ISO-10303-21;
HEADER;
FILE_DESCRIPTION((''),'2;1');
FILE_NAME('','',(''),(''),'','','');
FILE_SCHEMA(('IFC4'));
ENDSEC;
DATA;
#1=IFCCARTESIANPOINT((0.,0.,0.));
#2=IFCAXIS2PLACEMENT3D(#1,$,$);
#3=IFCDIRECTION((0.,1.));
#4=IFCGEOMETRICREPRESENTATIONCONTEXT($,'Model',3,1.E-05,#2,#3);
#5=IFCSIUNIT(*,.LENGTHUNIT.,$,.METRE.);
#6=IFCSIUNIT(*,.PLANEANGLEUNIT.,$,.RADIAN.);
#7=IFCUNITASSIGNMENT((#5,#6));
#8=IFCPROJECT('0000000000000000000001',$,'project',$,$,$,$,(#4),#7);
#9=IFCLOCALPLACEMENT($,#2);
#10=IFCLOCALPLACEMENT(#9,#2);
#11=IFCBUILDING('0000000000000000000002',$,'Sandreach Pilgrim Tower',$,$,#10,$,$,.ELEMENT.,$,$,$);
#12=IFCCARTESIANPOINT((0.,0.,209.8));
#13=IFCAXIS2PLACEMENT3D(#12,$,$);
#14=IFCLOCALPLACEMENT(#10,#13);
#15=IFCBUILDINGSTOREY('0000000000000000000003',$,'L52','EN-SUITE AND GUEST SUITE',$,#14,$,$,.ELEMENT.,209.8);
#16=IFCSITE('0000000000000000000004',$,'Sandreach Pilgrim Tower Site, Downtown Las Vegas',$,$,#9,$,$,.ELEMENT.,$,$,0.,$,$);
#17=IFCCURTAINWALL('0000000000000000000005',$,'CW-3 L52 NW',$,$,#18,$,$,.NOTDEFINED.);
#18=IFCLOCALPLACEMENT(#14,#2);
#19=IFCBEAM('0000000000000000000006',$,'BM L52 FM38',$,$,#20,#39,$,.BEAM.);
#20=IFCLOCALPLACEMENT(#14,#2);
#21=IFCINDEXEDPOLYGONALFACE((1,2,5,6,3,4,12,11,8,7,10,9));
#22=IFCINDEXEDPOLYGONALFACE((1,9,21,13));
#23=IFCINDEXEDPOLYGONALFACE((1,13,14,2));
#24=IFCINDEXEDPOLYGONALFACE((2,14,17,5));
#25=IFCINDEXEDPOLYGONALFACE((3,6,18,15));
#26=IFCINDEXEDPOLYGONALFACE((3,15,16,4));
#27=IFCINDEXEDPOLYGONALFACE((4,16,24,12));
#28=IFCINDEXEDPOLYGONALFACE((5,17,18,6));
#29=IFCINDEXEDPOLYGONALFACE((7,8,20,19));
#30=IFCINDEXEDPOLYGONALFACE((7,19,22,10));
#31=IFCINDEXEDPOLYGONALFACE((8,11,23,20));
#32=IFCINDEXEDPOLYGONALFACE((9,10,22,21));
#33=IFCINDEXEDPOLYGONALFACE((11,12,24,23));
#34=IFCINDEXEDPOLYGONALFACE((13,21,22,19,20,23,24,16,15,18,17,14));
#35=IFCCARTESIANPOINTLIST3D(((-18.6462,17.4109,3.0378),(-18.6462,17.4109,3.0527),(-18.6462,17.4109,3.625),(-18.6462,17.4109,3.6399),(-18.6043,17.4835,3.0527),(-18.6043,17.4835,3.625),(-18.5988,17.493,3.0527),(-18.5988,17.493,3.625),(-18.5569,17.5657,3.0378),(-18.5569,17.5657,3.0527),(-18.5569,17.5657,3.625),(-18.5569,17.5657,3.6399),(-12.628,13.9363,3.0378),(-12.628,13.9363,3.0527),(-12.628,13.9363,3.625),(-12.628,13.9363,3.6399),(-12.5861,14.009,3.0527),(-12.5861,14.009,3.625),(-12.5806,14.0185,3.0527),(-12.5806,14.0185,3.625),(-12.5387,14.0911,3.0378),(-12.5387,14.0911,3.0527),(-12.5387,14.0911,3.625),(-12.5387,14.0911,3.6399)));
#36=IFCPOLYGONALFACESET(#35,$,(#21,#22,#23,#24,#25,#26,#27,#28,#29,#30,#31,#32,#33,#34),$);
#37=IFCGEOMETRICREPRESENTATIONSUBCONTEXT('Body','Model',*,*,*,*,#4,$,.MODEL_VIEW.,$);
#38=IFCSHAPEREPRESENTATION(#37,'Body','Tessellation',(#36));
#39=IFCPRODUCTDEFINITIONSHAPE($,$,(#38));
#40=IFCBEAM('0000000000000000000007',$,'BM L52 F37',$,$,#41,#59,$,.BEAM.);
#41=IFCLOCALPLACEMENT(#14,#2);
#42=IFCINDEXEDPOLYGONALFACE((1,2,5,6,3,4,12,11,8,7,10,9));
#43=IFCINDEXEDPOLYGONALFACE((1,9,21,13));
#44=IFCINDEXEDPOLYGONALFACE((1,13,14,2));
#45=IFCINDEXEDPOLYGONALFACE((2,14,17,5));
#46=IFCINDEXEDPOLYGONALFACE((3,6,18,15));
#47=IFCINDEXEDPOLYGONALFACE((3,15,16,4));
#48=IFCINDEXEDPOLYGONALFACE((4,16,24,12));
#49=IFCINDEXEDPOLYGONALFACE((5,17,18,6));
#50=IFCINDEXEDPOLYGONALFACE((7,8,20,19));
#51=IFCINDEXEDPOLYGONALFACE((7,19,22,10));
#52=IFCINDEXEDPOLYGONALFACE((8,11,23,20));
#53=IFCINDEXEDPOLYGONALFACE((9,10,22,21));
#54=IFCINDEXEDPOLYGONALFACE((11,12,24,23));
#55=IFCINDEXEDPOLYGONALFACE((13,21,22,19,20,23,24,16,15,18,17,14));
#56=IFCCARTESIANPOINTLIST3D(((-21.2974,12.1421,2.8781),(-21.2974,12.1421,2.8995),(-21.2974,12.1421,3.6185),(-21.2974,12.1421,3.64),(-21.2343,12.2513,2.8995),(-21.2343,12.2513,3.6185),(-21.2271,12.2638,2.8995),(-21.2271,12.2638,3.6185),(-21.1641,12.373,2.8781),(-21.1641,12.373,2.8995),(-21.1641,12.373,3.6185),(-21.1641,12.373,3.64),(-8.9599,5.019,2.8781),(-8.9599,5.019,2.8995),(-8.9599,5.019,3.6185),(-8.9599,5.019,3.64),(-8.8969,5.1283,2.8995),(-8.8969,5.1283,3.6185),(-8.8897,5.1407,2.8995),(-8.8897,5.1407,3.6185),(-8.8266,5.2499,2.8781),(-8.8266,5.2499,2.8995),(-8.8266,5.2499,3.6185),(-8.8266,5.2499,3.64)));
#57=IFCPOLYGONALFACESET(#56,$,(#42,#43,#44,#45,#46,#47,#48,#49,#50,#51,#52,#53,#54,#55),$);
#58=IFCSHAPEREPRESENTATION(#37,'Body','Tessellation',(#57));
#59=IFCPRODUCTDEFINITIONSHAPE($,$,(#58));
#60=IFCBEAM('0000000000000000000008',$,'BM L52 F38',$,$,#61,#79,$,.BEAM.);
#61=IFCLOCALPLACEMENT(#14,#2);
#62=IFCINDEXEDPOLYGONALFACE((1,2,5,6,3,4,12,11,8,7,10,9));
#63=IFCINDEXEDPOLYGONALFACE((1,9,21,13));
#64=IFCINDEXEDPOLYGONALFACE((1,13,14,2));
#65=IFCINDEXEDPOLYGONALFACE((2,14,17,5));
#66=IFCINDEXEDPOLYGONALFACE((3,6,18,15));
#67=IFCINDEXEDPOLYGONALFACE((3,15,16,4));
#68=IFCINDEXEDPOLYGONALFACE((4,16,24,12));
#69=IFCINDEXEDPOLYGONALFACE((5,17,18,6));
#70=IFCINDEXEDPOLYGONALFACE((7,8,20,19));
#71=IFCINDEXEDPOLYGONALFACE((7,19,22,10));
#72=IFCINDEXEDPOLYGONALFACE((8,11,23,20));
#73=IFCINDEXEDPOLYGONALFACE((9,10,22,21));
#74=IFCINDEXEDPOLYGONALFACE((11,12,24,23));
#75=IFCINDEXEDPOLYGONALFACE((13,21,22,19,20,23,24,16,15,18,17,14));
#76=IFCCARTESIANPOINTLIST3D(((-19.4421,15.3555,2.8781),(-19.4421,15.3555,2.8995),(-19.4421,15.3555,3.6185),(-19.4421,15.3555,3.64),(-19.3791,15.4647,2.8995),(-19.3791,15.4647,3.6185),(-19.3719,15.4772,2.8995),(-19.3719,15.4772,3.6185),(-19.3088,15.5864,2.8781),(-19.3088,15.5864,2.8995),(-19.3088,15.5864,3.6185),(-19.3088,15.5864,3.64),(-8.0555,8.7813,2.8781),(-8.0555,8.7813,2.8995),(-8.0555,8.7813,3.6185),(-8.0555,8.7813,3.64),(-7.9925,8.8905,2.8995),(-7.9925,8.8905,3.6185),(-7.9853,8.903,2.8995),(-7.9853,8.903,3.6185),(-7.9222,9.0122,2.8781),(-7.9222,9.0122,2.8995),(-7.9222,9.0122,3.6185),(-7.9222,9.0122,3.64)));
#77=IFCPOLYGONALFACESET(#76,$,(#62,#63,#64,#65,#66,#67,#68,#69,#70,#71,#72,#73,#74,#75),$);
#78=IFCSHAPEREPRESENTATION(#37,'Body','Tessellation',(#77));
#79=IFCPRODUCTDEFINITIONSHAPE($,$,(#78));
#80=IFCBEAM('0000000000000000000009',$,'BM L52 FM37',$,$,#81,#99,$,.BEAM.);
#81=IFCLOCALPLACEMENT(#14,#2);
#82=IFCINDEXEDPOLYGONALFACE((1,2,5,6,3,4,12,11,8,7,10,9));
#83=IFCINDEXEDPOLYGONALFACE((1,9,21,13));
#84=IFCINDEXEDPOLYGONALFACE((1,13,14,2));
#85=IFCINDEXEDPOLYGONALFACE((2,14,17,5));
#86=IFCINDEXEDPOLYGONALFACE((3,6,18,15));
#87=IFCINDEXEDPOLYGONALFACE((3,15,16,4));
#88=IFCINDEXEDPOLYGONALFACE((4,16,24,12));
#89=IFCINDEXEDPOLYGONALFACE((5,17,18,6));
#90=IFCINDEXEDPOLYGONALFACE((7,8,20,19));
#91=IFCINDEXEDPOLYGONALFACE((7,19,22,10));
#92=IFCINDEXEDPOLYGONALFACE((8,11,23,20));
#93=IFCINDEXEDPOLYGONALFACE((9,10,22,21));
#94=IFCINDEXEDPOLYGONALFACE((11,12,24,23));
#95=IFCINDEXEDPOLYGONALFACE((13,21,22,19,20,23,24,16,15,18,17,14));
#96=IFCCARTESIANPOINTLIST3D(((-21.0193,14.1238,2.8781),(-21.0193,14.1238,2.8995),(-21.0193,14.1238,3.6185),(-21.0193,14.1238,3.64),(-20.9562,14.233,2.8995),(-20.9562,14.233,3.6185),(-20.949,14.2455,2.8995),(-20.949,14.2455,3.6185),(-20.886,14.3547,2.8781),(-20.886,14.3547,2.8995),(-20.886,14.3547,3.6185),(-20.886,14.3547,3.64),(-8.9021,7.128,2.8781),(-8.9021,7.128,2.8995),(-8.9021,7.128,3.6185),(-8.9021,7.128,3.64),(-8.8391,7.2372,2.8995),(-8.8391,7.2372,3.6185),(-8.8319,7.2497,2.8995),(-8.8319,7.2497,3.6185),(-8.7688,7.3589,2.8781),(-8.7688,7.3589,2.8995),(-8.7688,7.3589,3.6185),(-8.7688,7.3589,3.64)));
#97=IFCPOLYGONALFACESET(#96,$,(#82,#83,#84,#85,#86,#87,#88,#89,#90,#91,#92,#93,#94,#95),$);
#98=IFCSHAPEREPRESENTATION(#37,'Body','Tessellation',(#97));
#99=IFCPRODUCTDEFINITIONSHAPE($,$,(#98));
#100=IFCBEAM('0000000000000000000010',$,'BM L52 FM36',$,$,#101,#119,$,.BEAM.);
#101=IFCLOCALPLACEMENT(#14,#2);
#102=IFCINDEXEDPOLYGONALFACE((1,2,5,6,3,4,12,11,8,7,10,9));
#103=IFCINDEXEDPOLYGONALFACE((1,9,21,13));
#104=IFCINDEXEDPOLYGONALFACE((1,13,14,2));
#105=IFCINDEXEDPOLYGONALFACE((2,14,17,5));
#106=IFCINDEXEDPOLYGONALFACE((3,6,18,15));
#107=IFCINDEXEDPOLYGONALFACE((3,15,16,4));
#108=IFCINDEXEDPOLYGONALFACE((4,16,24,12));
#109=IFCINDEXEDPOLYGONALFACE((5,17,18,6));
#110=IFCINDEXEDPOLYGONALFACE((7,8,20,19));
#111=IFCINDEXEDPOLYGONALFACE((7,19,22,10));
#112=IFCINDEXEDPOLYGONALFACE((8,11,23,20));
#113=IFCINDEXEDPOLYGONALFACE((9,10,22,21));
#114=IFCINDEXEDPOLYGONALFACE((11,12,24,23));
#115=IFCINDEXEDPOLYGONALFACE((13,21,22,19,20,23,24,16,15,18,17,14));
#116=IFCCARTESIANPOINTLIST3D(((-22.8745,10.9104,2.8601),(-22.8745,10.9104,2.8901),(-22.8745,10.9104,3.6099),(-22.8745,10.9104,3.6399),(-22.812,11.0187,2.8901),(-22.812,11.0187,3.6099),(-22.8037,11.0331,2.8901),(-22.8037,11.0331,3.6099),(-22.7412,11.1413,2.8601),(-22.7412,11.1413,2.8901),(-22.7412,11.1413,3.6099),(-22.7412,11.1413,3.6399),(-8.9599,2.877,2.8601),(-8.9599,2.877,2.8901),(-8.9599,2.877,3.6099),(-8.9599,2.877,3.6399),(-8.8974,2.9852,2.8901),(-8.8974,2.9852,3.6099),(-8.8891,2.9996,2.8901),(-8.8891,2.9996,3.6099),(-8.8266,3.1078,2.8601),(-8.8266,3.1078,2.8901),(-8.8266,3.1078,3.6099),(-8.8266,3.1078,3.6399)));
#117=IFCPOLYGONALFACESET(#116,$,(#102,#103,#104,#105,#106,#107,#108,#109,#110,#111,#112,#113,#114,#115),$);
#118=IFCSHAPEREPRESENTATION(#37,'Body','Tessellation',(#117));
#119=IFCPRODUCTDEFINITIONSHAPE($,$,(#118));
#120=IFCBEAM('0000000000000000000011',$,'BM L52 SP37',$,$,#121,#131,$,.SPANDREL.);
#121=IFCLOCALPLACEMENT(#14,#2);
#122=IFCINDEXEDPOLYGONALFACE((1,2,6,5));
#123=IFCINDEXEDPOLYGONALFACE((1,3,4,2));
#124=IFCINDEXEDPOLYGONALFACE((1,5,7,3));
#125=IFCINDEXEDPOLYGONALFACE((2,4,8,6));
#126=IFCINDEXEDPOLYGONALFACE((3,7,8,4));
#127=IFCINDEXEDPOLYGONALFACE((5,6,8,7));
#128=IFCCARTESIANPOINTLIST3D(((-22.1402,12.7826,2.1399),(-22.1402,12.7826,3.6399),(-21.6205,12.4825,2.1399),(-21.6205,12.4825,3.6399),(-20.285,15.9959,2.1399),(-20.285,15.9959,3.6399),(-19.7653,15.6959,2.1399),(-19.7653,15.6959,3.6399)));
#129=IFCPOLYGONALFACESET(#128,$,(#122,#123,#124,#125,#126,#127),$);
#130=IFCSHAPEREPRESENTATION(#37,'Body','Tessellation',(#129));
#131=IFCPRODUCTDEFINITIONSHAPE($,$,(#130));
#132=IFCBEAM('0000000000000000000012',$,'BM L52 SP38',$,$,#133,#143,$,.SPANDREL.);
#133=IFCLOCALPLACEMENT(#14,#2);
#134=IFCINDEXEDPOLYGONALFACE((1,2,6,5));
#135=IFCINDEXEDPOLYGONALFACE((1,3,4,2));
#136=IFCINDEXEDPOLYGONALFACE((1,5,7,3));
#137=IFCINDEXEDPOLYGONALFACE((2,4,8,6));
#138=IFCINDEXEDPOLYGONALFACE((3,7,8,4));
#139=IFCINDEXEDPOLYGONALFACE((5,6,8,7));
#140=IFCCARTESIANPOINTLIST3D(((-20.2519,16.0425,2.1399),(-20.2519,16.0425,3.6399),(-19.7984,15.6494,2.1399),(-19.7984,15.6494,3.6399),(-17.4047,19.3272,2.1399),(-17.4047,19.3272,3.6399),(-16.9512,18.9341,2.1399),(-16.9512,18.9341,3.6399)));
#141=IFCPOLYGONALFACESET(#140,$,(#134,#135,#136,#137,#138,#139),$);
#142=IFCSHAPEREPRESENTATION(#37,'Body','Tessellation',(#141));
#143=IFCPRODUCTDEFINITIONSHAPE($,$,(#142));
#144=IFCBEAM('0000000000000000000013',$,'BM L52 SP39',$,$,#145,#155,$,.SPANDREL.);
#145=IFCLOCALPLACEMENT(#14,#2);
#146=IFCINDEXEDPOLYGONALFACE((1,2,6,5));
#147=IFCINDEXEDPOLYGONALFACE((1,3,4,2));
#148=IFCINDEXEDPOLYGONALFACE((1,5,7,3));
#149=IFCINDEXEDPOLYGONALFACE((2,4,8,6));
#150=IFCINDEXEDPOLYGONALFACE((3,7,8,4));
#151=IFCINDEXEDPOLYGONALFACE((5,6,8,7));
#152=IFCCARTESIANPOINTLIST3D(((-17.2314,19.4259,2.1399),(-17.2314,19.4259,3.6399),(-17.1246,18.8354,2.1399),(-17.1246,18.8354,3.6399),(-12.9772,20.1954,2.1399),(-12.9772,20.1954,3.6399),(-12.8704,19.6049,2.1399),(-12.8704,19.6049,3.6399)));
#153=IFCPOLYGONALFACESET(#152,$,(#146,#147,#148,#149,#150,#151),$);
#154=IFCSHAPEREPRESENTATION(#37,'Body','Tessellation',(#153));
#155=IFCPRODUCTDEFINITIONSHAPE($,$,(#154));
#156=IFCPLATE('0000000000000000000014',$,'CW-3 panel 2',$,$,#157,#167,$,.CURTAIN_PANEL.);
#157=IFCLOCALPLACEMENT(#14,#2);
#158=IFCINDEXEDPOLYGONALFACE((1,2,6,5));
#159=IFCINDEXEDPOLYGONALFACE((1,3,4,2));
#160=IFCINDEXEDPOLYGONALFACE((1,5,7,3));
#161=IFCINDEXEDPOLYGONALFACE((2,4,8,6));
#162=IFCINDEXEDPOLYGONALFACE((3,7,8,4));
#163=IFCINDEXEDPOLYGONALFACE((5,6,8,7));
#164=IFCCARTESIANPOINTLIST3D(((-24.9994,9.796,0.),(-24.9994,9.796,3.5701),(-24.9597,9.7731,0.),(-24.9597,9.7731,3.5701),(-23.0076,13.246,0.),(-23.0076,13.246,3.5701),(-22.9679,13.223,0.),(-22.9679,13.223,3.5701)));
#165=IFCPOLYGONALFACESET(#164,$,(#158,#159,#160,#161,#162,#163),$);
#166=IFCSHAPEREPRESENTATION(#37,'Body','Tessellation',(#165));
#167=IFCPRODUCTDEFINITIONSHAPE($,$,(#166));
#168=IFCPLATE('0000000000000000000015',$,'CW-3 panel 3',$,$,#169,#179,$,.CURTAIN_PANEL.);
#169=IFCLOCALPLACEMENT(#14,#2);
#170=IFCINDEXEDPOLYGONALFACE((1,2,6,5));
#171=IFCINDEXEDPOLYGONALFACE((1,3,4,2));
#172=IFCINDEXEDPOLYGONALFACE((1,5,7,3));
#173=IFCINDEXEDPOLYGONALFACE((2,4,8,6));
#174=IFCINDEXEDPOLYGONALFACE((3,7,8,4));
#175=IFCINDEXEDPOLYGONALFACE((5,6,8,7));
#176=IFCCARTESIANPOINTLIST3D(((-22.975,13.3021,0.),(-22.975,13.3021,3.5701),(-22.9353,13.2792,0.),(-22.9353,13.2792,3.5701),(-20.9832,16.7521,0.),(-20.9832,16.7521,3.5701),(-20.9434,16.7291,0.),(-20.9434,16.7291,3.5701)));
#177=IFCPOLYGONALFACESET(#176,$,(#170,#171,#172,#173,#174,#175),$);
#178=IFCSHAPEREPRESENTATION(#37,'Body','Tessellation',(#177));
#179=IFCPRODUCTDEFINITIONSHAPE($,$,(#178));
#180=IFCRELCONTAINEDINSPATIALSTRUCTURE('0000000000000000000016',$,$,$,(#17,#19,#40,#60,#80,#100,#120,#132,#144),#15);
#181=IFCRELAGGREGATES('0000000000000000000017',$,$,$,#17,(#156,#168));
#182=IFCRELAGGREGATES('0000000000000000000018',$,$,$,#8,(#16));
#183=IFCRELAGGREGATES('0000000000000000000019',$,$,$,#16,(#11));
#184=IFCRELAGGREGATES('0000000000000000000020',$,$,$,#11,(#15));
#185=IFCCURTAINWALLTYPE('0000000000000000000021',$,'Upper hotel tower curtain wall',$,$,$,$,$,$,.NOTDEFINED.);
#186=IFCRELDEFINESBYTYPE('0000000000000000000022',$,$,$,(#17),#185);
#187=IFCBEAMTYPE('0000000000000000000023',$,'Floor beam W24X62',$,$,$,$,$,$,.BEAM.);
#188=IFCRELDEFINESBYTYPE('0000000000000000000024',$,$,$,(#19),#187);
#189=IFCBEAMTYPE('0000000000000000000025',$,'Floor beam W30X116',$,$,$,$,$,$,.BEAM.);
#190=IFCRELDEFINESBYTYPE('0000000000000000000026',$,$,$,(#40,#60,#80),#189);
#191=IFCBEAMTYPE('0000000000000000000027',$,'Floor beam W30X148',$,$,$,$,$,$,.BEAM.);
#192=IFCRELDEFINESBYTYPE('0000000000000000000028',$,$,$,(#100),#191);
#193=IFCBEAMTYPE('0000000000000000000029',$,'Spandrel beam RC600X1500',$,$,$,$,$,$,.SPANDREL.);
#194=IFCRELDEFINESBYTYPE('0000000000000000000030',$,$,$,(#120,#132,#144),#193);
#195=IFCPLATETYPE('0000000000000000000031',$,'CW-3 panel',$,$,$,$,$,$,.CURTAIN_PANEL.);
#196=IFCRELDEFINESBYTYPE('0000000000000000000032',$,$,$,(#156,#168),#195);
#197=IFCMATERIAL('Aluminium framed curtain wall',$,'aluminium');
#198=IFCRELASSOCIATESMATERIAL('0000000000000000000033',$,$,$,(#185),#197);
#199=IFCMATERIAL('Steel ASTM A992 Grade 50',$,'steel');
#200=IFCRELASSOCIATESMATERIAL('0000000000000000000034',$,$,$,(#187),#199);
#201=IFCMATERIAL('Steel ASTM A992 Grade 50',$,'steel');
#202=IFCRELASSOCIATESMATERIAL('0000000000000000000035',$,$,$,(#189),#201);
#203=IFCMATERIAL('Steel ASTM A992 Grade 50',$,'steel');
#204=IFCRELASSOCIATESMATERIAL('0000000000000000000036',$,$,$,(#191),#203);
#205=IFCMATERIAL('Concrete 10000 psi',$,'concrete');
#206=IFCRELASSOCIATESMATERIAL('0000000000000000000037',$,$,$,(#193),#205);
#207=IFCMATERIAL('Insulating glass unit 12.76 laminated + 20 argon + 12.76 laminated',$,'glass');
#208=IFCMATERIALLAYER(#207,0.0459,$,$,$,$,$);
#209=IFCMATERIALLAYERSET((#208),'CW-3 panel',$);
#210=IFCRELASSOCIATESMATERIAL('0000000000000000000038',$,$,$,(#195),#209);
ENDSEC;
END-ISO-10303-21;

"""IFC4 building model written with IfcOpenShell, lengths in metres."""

from ifc_helpers import new_model, si_unit, direction, frame, origin, origin_2d, place, context, subcontext, project, spatial, rectangle, i_section, extrude, material, layer, layer_set, material_profile, profile_set, type_object, element, aggregate, save


model = new_model("IFC4")

# Units and contexts
model_context = context("Model", 3, precision=1e-05, world=origin(), true_north=direction((0.0, 1.0)))
body_context = subcontext(model_context, "Body", "Model", "MODEL_VIEW")
ifc_project = project(units=[si_unit("LENGTHUNIT", "METRE"), si_unit("PLANEANGLEUNIT", "RADIAN")], contexts=[model_context])

# Site, building, storey
site_placement = place(None, origin())
site = spatial("IfcSite", under=ifc_project, at=site_placement, Name="Sandreach Pilgrim Tower Site, Downtown Las Vegas", CompositionType="ELEMENT", RefElevation=0.0)
building_placement = place(site_placement, origin())
building = spatial("IfcBuilding", under=site, at=building_placement, Name="Sandreach Pilgrim Tower", CompositionType="ELEMENT")
storey_placement = place(building_placement, frame((0.0, 0.0, 209.8)))
storey = spatial("IfcBuildingStorey", under=building, at=storey_placement, Name="L52", Description="EN-SUITE AND GUEST SUITE", CompositionType="ELEMENT", Elevation=209.8)

# Shared definitions
ifc_material_1 = material(Name="Aluminium framed curtain wall", Category="aluminium")
curtain_wall_type = type_object("IfcCurtainWallType", Name="Upper hotel tower curtain wall", PredefinedType="NOTDEFINED", material=ifc_material_1)

# Curtain wall
curtain_wall_1_placement = place(storey_placement, origin())
curtain_wall_1 = element("IfcCurtainWall", 1, at=curtain_wall_1_placement, inside=storey, type_object=curtain_wall_type, Name="CW-3 L52 NW", PredefinedType="NOTDEFINED")

# Beams
ifc_material_2 = material(Name="Steel ASTM A992 Grade 50", Category="steel")
ifc_material_profile_1 = material_profile(ifc_material_2, i_section(OverallWidth=0.1787, OverallDepth=0.6021, WebThickness=0.011, FlangeThickness=0.0149, at=origin_2d()), Name="W24X62")
ifc_profile_set_1 = profile_set([ifc_material_profile_1], Name="Steel ASTM A992 Grade 50")
beam_type_1 = type_object("IfcBeamType", Name="Floor beam W24X62", PredefinedType="BEAM", material=ifc_profile_set_1)
beam_1_placement = place(storey_placement, frame((-18.6016, 17.4883, 3.3389), z_axis=(0.866029, -0.499993, 0.0), x_axis=(0.499993, 0.866029, 0.0)))
element("IfcBeam", 2, at=beam_1_placement, inside=storey, type_object=beam_type_1, Name="BM L52 FM38", PredefinedType="BEAM", context=body_context, shape_type="SweptSolid", body=[
    extrude(i_section(OverallWidth=0.1787, OverallDepth=0.6021, WebThickness=0.011, FlangeThickness=0.0149, at=origin_2d()), origin(), (0.0, 0.0, 1.0), 6.9492),
])
ifc_material_3 = material(Name="Steel ASTM A992 Grade 50", Category="steel")
ifc_material_profile_2 = material_profile(ifc_material_3, i_section(OverallWidth=0.2666, OverallDepth=0.762, WebThickness=0.0144, FlangeThickness=0.0215, at=origin_2d()), Name="W30X116")
ifc_profile_set_2 = profile_set([ifc_material_profile_2], Name="Steel ASTM A992 Grade 50")
beam_type_2 = type_object("IfcBeamType", Name="Floor beam W30X116", PredefinedType="BEAM", material=ifc_profile_set_2)
beam_2_placement = place(storey_placement, frame((-21.2307, 12.2576, 3.259), z_axis=(0.866024, -0.500002, 0.0), x_axis=(0.500002, 0.866024, 0.0)))
element("IfcBeam", 3, at=beam_2_placement, inside=storey, type_object=beam_type_2, Name="BM L52 F37", PredefinedType="BEAM", context=body_context, shape_type="SweptSolid", body=[
    extrude(i_section(OverallWidth=0.2666, OverallDepth=0.762, WebThickness=0.0144, FlangeThickness=0.0215, at=origin_2d()), origin(), (0.0, 0.0, 1.0), 14.2461),
])
beam_3_placement = place(storey_placement, frame((-19.3755, 15.4709, 3.259), z_axis=(0.866022, -0.500005, 0.0), x_axis=(0.500005, 0.866022, 0.0)))
element("IfcBeam", 4, at=beam_3_placement, inside=storey, type_object=beam_type_2, Name="BM L52 F38", PredefinedType="BEAM", context=body_context, shape_type="SweptSolid", body=[
    extrude(i_section(OverallWidth=0.2666, OverallDepth=0.762, WebThickness=0.0144, FlangeThickness=0.0215, at=origin_2d()), origin(), (0.0, 0.0, 1.0), 13.1482),
])
beam_4_placement = place(storey_placement, frame((-20.9526, 14.2393, 3.259), z_axis=(0.866026, -0.499999, 0.0), x_axis=(0.499999, 0.866026, 0.0)))
element("IfcBeam", 5, at=beam_4_placement, inside=storey, type_object=beam_type_2, Name="BM L52 FM37", PredefinedType="BEAM", context=body_context, shape_type="SweptSolid", body=[
    extrude(i_section(OverallWidth=0.2666, OverallDepth=0.762, WebThickness=0.0144, FlangeThickness=0.0215, at=origin_2d()), origin(), (0.0, 0.0, 1.0), 13.9917),
])
ifc_material_4 = material(Name="Steel ASTM A992 Grade 50", Category="steel")
ifc_material_profile_3 = material_profile(ifc_material_4, i_section(OverallWidth=0.2666, OverallDepth=0.7798, WebThickness=0.0166, FlangeThickness=0.03, at=origin_2d()), Name="W30X148")
ifc_profile_set_3 = profile_set([ifc_material_profile_3], Name="Steel ASTM A992 Grade 50")
beam_type_3 = type_object("IfcBeamType", Name="Floor beam W30X148", PredefinedType="BEAM", material=ifc_profile_set_3)
beam_5_placement = place(storey_placement, frame((-22.8079, 11.0259, 3.25), z_axis=(0.866029, -0.499994, 0.0), x_axis=(0.499994, 0.866029, 0.0)))
element("IfcBeam", 6, at=beam_5_placement, inside=storey, type_object=beam_type_3, Name="BM L52 FM36", PredefinedType="BEAM", context=body_context, shape_type="SweptSolid", body=[
    extrude(i_section(OverallWidth=0.2666, OverallDepth=0.7798, WebThickness=0.0166, FlangeThickness=0.03, at=origin_2d()), origin(), (0.0, 0.0, 1.0), 16.0671),
])
ifc_material_5 = material(Name="Concrete 10000 psi", Category="concrete")
ifc_material_profile_4 = material_profile(ifc_material_5, rectangle(XDim=0.6001, YDim=1.5, at=origin_2d()), Name="RC600X1500")
ifc_profile_set_4 = profile_set([ifc_material_profile_4], Name="Concrete 10000 psi")
beam_type_4 = type_object("IfcBeamType", Name="Spandrel beam RC600X1500", PredefinedType="SPANDREL", material=ifc_profile_set_4)
beam_6_placement = place(storey_placement, frame((-21.8804, 12.6326, 2.8899), z_axis=(0.499996, 0.866028, 0.0), x_axis=(-0.866028, 0.499996, 0.0)))
element("IfcBeam", 7, at=beam_6_placement, inside=storey, type_object=beam_type_4, Name="BM L52 SP37", PredefinedType="SPANDREL", context=body_context, shape_type="SweptSolid", body=[
    extrude(rectangle(XDim=0.6001, YDim=1.5, at=origin_2d()), origin(), (0.0, 0.0, 1.0), 3.7104),
])
beam_7_placement = place(storey_placement, frame((-20.0251, 15.8459, 2.8899), z_axis=(0.65499, 0.755637, 0.0), x_axis=(-0.755637, 0.65499, 0.0)))
element("IfcBeam", 8, at=beam_7_placement, inside=storey, type_object=beam_type_4, Name="BM L52 SP38", PredefinedType="SPANDREL", context=body_context, shape_type="SweptSolid", body=[
    extrude(rectangle(XDim=0.6001, YDim=1.5, at=origin_2d()), origin(), (0.0, 0.0, 1.0), 4.3469),
])
beam_8_placement = place(storey_placement, frame((-17.178, 19.1306, 2.8899), z_axis=(0.98403, 0.178001, 0.0), x_axis=(-0.178001, 0.98403, 0.0)))
element("IfcBeam", 9, at=beam_8_placement, inside=storey, type_object=beam_type_4, Name="BM L52 SP39", PredefinedType="SPANDREL", context=body_context, shape_type="SweptSolid", body=[
    extrude(rectangle(XDim=0.6001, YDim=1.5, at=origin_2d()), origin(), (0.0, 0.0, 1.0), 4.3232),
])

# Plates
ifc_material_6 = material(Name="Insulating glass unit 12.76 laminated + 20 argon + 12.76 laminated", Category="glass")
ifc_layer_1 = layer(ifc_material_6, 0.0459)
ifc_layer_set_1 = layer_set([ifc_layer_1], Name="CW-3 panel")
plate_type = type_object("IfcPlateType", Name="CW-3 panel", PredefinedType="CURTAIN_PANEL", material=ifc_layer_set_1)
plate_1_placement = place(storey_placement, frame((-23.9836, 11.5095, 0.0), z_axis=(0.0, 0.0, 1.0), x_axis=(0.5, 0.866025, 0.0)))
plate_1 = element("IfcPlate", 10, at=plate_1_placement, type_object=plate_type, Name="CW-3 panel 2", PredefinedType="CURTAIN_PANEL", context=body_context, shape_type="SweptSolid", body=[
    extrude(rectangle(XDim=3.9836, YDim=0.0459, at=origin_2d()), origin(), (0.0, 0.0, 1.0), 3.5701),
])
plate_2_placement = place(storey_placement, frame((-21.9592, 15.0156, 0.0), z_axis=(0.0, 0.0, 1.0), x_axis=(0.5, 0.866025, 0.0)))
plate_2 = element("IfcPlate", 11, at=plate_2_placement, type_object=plate_type, Name="CW-3 panel 3", PredefinedType="CURTAIN_PANEL", context=body_context, shape_type="SweptSolid", body=[
    extrude(rectangle(XDim=3.9836, YDim=0.0459, at=origin_2d()), origin(), (0.0, 0.0, 1.0), 3.5701),
])
aggregate(curtain_wall_1, [plate_1, plate_2])

save(model, "model.ifc")
